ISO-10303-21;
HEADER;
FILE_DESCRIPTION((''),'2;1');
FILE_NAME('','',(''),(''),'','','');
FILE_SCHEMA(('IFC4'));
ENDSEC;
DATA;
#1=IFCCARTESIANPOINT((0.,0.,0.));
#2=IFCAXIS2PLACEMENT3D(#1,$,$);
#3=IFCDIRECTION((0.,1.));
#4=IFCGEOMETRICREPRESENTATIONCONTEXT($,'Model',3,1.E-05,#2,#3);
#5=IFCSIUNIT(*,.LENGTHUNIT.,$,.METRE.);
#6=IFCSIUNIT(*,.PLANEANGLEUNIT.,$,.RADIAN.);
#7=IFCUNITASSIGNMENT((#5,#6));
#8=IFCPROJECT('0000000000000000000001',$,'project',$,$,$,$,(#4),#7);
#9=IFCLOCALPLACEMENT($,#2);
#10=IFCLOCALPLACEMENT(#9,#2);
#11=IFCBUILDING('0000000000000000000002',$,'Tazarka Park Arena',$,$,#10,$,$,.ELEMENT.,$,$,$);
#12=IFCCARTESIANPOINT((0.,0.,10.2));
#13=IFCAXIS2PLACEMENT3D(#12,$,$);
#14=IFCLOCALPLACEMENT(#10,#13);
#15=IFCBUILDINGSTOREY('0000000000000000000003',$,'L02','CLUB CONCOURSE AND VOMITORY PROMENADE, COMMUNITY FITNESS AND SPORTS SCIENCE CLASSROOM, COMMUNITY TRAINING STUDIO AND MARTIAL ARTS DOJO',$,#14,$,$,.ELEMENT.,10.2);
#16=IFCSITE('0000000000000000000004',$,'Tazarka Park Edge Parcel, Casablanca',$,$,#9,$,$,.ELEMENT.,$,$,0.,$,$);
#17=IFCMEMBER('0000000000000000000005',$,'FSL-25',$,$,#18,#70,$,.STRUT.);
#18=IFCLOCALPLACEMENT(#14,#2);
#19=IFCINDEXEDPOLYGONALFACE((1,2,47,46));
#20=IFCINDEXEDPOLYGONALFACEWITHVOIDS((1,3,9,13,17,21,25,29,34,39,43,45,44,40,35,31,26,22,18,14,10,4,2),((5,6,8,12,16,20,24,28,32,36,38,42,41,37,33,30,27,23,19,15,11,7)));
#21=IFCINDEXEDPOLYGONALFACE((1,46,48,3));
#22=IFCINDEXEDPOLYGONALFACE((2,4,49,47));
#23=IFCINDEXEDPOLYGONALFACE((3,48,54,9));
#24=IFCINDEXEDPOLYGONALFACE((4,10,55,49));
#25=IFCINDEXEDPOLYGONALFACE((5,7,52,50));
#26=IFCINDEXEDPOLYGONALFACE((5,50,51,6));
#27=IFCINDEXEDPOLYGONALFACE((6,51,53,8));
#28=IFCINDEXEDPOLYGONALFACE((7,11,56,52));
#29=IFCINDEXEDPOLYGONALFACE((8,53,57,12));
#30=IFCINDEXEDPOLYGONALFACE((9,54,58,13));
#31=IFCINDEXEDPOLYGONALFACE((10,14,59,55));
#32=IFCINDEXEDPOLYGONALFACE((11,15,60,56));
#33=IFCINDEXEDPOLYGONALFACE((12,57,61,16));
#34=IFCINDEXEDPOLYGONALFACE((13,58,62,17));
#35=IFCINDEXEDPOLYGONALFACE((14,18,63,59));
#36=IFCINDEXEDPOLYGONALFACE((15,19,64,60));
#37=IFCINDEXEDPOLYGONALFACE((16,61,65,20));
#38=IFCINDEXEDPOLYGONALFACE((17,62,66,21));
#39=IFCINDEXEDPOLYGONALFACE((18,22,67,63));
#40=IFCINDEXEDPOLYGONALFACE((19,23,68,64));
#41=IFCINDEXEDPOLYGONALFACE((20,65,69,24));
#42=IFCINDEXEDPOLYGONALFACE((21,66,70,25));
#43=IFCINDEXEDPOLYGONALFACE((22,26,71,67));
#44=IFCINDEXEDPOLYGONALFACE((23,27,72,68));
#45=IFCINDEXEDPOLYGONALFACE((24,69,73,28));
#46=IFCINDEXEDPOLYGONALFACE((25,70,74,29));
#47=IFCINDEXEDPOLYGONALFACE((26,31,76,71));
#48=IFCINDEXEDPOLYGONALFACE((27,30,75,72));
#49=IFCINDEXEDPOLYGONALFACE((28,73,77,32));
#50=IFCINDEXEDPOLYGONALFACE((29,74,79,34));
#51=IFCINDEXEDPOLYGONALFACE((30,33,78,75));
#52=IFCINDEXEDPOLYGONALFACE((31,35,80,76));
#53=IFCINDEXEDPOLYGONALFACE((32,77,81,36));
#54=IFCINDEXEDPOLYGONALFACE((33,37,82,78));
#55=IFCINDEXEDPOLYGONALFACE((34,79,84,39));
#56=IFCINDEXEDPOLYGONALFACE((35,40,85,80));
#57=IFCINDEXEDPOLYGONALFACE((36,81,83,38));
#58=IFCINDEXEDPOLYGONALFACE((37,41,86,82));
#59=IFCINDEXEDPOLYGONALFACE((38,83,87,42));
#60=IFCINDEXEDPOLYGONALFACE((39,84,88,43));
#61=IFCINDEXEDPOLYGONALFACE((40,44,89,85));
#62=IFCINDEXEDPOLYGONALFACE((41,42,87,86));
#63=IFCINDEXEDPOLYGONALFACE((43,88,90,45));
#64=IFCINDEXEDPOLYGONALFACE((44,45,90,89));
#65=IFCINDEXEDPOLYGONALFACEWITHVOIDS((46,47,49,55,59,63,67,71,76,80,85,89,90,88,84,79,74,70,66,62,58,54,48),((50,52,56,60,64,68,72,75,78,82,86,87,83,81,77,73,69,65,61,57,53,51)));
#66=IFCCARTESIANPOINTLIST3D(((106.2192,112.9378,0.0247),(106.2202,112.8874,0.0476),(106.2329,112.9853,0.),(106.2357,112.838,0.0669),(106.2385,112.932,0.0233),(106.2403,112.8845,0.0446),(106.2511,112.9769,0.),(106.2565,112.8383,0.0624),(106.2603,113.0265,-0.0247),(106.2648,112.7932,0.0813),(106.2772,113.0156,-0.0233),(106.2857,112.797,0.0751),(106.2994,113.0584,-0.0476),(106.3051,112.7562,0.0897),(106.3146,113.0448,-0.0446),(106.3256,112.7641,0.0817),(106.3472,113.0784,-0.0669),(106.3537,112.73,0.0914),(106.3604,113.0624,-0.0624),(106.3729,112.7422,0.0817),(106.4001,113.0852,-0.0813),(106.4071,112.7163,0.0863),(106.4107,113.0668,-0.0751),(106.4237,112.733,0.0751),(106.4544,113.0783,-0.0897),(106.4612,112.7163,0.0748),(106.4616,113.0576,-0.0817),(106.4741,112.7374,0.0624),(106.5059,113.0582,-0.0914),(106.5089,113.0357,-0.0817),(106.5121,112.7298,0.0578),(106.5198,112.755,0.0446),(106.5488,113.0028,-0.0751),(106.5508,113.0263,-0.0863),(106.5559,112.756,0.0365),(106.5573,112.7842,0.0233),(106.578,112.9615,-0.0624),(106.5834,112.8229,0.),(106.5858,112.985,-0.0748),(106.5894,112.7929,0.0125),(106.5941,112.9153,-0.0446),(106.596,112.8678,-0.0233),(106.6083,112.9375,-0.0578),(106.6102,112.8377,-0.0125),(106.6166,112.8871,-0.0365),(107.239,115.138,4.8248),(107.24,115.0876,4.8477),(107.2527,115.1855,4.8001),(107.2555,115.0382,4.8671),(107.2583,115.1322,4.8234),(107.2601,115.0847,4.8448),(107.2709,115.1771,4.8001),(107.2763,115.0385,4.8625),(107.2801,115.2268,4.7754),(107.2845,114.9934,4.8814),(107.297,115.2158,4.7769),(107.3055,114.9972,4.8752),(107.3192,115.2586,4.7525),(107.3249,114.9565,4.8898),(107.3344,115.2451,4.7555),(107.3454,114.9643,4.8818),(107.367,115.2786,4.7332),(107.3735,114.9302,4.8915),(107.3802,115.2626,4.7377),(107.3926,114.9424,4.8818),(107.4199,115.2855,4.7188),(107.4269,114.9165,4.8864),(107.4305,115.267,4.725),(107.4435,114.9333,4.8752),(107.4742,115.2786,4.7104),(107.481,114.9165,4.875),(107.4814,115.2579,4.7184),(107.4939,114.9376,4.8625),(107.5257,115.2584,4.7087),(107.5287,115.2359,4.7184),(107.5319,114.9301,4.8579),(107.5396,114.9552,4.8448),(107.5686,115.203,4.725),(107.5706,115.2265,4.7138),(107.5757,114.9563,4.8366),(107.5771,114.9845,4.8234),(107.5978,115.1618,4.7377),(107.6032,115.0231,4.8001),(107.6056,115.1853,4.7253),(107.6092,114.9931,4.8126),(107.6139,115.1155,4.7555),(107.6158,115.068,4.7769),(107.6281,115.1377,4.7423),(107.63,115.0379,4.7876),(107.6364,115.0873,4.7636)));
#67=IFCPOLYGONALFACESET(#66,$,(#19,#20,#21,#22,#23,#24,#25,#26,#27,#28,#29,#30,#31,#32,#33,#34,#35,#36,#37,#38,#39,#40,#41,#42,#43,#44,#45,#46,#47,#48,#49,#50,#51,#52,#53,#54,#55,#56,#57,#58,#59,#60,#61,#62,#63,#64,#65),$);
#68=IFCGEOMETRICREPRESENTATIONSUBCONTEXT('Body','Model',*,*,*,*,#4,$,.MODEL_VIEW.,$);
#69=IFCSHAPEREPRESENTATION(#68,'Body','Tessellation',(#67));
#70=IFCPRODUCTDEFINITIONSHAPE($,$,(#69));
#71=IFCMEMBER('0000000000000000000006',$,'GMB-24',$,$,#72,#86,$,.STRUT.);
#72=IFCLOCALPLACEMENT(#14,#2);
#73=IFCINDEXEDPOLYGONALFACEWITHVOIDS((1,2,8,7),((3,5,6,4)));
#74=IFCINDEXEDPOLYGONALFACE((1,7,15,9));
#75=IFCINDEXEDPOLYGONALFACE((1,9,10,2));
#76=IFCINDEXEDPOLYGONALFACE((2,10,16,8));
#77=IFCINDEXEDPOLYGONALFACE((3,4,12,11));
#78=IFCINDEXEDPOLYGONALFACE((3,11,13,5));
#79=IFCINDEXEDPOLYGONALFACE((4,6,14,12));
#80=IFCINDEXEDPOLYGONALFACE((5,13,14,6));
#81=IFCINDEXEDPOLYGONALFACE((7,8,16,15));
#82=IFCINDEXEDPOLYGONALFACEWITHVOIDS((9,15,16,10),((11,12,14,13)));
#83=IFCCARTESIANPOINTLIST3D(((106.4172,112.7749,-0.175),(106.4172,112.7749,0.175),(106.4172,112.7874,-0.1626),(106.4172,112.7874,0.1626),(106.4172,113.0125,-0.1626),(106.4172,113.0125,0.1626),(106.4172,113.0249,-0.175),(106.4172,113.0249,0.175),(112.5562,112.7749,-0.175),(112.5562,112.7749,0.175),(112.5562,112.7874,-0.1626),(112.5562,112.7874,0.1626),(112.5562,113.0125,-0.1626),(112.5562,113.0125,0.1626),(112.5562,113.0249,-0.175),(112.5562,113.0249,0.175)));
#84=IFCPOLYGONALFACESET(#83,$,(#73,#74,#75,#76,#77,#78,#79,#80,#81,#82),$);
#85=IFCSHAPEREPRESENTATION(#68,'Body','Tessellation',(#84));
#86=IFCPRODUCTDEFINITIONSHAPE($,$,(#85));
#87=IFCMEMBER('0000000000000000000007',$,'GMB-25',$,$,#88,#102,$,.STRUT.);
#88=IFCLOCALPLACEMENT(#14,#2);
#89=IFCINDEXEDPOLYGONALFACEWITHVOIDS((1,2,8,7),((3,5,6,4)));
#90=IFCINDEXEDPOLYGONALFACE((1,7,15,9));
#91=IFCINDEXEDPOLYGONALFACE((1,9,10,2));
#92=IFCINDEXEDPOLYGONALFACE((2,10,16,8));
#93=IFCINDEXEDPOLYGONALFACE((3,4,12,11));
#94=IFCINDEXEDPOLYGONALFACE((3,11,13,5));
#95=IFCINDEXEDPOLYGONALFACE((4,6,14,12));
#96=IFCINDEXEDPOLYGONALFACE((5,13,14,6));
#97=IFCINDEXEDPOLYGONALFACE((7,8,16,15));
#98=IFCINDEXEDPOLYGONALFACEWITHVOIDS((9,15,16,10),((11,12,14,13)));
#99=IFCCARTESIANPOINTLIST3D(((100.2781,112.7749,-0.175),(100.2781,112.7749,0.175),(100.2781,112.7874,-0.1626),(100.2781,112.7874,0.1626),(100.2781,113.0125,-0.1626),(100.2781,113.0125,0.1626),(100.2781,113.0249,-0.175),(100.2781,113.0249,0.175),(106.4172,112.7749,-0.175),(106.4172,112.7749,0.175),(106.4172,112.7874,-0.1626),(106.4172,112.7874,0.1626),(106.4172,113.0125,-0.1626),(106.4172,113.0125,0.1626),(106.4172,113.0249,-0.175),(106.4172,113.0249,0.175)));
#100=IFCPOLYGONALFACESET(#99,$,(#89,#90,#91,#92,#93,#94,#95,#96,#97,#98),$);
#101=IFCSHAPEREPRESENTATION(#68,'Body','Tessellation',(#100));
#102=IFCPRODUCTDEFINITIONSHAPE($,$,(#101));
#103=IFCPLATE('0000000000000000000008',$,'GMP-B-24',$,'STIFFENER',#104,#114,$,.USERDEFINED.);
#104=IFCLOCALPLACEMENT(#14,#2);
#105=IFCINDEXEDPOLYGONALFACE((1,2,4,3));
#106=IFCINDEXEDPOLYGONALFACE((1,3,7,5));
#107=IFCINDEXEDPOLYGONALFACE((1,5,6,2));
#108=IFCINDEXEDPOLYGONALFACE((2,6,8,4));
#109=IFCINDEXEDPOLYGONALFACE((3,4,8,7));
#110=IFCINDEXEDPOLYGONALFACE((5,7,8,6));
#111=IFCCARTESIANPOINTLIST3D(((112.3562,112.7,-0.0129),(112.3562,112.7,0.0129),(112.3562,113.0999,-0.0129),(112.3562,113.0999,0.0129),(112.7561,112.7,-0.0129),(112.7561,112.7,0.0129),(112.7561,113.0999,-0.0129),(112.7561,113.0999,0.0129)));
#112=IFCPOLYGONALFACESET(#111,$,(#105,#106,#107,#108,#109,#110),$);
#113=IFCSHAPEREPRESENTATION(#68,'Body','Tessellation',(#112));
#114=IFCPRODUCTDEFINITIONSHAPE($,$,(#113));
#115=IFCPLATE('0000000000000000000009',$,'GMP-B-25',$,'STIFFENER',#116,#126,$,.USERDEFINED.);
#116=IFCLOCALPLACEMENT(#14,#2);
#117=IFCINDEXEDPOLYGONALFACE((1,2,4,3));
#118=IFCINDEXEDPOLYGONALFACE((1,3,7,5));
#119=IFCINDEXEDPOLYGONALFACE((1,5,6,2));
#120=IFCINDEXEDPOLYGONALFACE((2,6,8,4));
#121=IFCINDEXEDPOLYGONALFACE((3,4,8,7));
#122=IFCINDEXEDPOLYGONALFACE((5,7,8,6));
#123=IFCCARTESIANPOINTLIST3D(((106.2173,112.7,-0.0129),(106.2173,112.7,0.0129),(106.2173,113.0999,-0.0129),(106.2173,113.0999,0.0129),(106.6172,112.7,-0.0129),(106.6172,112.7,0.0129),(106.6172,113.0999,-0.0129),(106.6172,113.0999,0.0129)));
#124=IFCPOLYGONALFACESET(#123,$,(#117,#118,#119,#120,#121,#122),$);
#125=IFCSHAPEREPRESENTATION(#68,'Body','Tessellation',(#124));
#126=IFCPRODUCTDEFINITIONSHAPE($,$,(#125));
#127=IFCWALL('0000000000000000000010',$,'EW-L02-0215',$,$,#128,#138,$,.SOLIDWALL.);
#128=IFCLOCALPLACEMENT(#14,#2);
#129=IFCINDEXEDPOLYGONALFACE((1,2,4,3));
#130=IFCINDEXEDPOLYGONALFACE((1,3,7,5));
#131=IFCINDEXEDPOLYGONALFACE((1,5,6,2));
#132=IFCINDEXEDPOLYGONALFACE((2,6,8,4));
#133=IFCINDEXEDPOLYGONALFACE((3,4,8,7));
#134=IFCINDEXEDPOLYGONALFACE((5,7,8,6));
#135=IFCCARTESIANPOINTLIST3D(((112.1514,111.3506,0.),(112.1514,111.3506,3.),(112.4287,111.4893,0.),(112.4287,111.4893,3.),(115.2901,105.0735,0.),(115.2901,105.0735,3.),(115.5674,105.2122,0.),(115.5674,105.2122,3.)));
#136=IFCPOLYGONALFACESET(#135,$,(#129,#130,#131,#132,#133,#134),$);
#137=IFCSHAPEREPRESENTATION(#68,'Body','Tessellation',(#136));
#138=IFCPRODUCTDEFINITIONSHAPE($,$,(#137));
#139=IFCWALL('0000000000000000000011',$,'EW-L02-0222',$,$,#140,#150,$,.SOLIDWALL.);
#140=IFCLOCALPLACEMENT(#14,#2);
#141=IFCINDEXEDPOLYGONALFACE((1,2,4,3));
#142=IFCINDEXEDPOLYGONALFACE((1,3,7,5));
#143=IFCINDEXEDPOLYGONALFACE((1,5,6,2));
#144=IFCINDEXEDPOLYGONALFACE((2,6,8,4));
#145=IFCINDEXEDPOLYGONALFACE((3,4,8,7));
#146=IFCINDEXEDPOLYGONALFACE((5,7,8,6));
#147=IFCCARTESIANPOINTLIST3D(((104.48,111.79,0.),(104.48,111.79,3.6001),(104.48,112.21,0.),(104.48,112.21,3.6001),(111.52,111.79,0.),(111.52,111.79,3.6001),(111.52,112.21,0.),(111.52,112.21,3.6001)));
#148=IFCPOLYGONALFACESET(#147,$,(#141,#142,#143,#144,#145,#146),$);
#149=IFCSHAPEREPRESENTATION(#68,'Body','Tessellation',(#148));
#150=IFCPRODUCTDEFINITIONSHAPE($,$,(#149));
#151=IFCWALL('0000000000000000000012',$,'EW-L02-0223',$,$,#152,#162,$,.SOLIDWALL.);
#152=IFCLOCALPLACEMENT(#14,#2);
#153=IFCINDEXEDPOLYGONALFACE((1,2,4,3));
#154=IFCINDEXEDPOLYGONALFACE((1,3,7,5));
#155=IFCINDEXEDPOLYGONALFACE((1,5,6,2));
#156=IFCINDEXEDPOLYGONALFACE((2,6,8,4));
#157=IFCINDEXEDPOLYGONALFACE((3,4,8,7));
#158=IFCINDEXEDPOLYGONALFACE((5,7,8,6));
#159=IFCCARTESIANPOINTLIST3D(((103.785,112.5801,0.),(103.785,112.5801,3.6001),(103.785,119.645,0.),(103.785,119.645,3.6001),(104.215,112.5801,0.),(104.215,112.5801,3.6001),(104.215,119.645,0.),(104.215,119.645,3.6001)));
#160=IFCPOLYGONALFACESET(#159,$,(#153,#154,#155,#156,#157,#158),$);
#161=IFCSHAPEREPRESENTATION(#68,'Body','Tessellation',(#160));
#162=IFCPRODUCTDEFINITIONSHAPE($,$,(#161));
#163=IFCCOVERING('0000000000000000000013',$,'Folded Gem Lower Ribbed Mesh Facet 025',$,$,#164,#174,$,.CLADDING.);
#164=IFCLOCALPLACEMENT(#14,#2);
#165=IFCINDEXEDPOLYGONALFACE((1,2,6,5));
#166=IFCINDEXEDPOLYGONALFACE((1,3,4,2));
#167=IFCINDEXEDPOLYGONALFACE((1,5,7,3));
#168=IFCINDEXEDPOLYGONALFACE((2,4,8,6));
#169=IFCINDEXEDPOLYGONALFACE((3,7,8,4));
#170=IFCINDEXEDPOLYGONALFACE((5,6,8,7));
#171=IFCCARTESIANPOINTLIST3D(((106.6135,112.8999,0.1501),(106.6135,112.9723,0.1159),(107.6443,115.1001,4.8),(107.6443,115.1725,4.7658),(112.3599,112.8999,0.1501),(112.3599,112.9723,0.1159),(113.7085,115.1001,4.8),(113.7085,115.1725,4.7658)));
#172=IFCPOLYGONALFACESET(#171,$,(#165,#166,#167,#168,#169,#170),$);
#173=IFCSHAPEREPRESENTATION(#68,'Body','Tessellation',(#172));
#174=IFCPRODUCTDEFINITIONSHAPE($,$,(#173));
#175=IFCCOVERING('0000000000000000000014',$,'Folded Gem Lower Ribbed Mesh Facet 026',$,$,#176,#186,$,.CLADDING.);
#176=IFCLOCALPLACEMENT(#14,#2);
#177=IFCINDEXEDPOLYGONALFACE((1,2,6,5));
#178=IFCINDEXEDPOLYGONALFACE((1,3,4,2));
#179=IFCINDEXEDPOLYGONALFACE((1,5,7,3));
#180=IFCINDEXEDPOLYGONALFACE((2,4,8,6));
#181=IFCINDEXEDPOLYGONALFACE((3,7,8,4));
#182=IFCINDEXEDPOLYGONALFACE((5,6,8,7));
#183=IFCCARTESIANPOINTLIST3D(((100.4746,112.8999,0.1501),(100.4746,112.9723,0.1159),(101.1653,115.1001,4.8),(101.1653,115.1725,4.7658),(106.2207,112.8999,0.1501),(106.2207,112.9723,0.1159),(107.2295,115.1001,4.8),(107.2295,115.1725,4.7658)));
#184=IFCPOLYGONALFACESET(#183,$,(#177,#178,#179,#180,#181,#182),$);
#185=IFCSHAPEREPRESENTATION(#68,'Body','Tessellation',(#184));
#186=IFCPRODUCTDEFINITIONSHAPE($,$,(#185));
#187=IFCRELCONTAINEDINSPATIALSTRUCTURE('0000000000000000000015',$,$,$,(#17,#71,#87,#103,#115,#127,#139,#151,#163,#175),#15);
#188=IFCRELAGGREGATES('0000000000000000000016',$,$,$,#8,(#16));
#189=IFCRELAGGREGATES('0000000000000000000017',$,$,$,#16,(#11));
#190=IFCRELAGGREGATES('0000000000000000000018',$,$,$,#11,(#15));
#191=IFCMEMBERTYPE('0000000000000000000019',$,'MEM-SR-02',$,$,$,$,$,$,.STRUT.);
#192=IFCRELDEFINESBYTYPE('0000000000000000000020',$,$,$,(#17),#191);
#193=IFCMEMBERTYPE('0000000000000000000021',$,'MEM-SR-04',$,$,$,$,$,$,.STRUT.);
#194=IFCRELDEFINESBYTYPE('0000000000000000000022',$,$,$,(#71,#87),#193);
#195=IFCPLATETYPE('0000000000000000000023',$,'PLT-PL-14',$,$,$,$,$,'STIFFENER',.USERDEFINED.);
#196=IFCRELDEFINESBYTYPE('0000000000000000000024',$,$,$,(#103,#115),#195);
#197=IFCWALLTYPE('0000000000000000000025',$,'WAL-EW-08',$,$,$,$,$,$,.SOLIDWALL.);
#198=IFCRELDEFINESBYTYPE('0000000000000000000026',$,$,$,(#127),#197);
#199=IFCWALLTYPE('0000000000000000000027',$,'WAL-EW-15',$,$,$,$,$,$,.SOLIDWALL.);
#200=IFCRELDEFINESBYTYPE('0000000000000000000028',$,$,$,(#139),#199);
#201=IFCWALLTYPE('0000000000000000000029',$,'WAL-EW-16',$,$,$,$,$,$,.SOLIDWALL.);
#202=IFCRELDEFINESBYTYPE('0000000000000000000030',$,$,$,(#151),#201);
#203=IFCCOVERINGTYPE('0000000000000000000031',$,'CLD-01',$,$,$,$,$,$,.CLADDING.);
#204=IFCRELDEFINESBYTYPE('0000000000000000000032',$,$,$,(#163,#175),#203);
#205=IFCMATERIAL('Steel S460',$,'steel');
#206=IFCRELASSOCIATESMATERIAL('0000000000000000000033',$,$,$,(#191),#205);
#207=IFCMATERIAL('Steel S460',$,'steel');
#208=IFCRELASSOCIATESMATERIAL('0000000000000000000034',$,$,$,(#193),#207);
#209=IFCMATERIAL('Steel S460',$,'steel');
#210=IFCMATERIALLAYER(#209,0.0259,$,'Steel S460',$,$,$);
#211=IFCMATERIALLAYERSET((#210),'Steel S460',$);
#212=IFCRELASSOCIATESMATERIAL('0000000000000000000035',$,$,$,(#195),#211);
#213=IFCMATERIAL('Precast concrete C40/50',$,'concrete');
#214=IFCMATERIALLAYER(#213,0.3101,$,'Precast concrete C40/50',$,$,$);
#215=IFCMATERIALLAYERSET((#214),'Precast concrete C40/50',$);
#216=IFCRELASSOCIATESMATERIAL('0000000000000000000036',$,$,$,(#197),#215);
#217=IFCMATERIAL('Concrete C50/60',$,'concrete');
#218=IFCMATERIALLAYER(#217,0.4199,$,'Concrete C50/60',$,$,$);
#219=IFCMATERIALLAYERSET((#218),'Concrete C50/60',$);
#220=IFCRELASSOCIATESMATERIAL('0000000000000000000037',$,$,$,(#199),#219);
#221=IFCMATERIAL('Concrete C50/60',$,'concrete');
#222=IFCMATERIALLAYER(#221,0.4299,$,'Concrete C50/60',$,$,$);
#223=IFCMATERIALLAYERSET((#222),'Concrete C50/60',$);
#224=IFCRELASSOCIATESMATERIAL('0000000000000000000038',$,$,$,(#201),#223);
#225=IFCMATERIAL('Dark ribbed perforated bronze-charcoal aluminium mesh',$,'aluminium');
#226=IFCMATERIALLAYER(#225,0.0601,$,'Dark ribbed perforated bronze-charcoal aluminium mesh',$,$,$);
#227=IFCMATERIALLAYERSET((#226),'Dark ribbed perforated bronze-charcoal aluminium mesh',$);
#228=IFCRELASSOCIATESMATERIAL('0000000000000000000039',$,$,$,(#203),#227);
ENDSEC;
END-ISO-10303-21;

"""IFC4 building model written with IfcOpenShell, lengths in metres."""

from ifc_helpers import new_model, si_unit, direction, frame, frame_2d, origin, origin_2d, place, context, subcontext, project, spatial, polyline, rectangle, hollow_rectangle, hollow_circle, outline, extrude, material, layer, layer_set, material_profile, profile_set, type_object, element, save


model = new_model("IFC4")

# Units and contexts
model_context = context("Model", 3, precision=1e-05, world=origin(), true_north=direction((0.0, 1.0)))
body_context = subcontext(model_context, "Body", "Model", "MODEL_VIEW")
ifc_project = project(units=[si_unit("LENGTHUNIT", "METRE"), si_unit("PLANEANGLEUNIT", "RADIAN")], contexts=[model_context])

# Site, building, storey
site_placement = place(None, origin())
site = spatial("IfcSite", under=ifc_project, at=site_placement, Name="Tazarka Park Edge Parcel, Casablanca", CompositionType="ELEMENT", RefElevation=0.0)
building_placement = place(site_placement, origin())
building = spatial("IfcBuilding", under=site, at=building_placement, Name="Tazarka Park Arena", CompositionType="ELEMENT")
storey_placement = place(building_placement, frame((0.0, 0.0, 10.2)))
storey = spatial("IfcBuildingStorey", under=building, at=storey_placement, Name="L02", Description="CLUB CONCOURSE AND VOMITORY PROMENADE, COMMUNITY FITNESS AND SPORTS SCIENCE CLASSROOM, COMMUNITY TRAINING STUDIO AND MARTIAL ARTS DOJO", CompositionType="ELEMENT", Elevation=10.2)

# Members
ifc_material_1 = material(Name="Steel S460", Category="steel")
ifc_material_profile_1 = material_profile(ifc_material_1, hollow_circle(Radius=0.2031, WallThickness=0.02, at=origin_2d()), Name="Steel S460")
ifc_profile_set_1 = profile_set([ifc_material_profile_1], Name="Steel S460")
member_type_1 = type_object("IfcMemberType", Name="MEM-SR-02", PredefinedType="STRUT", material=ifc_profile_set_1)
member_1_placement = place(storey_placement, frame((106.4172, 112.8999, 0.0), z_axis=(0.189625, 0.409122, 0.892559), x_axis=(-0.907283, 0.42052, 0.0)))
element("IfcMember", 1, at=member_1_placement, inside=storey, type_object=member_type_1, Name="FSL-25", PredefinedType="STRUT", context=body_context, shape_type="SweptSolid", body=[
    extrude(hollow_circle(Radius=0.2031, WallThickness=0.02, at=origin_2d()), origin(), (0.0, 0.0, 1.0), 5.3779),
])
ifc_material_2 = material(Name="Steel S460", Category="steel")
ifc_material_profile_2 = material_profile(ifc_material_2, hollow_rectangle(XDim=0.25, YDim=0.3501, WallThickness=0.0125, at=origin_2d()), Name="Steel S460")
ifc_profile_set_2 = profile_set([ifc_material_profile_2], Name="Steel S460")
member_type_2 = type_object("IfcMemberType", Name="MEM-SR-04", PredefinedType="STRUT", material=ifc_profile_set_2)
member_2_placement = place(storey_placement, frame((112.5562, 112.8999, 0.0), z_axis=(-1.0, 0.0, 0.0), x_axis=(0.0, -1.0, 0.0)))
element("IfcMember", 2, at=member_2_placement, inside=storey, type_object=member_type_2, Name="GMB-24", PredefinedType="STRUT", context=body_context, shape_type="SweptSolid", body=[
    extrude(hollow_rectangle(XDim=0.25, YDim=0.3501, WallThickness=0.0125, at=origin_2d()), origin(), (0.0, 0.0, 1.0), 6.1389),
])
member_3_placement = place(storey_placement, frame((106.4172, 112.8999, 0.0), z_axis=(-1.0, 0.0, 0.0), x_axis=(0.0, -1.0, 0.0)))
element("IfcMember", 3, at=member_3_placement, inside=storey, type_object=member_type_2, Name="GMB-25", PredefinedType="STRUT", context=body_context, shape_type="SweptSolid", body=[
    extrude(hollow_rectangle(XDim=0.25, YDim=0.3501, WallThickness=0.0125, at=origin_2d()), origin(), (0.0, 0.0, 1.0), 6.1392),
])

# Plates
ifc_material_3 = material(Name="Steel S460", Category="steel")
ifc_layer_1 = layer(ifc_material_3, 0.0259, Name="Steel S460")
ifc_layer_set_1 = layer_set([ifc_layer_1], Name="Steel S460")
plate_type = type_object("IfcPlateType", Name="PLT-PL-14", ElementType="STIFFENER", PredefinedType="USERDEFINED", material=ifc_layer_set_1)
for number, where, z_axis, x_axis, name in (
    (4, (112.5562, 112.8999, -0.0129), (0.0, 0.0, 1.0), (1.0, 0.0, 0.0), "GMP-B-24"),
    (5, (106.4172, 112.8999, -0.0129), (0.0, 0.0, 1.0), (1.0, 0.0, 0.0), "GMP-B-25"),
):
    element("IfcPlate", number, at=place(storey_placement, frame(where, z_axis=z_axis, x_axis=x_axis)), inside=storey, type_object=plate_type, Name=name, ObjectType="STIFFENER", PredefinedType="USERDEFINED", context=body_context, shape_type="SweptSolid", body=[
        extrude(rectangle(XDim=0.3999, YDim=0.3999, at=origin_2d()), origin(), (0.0, 0.0, 1.0), 0.0259),
    ])

# Walls
ifc_material_4 = material(Name="Precast concrete C40/50", Category="concrete")
ifc_layer_2 = layer(ifc_material_4, 0.3101, Name="Precast concrete C40/50")
ifc_layer_set_2 = layer_set([ifc_layer_2], Name="Precast concrete C40/50")
wall_type_1 = type_object("IfcWallType", Name="WAL-EW-08", PredefinedType="SOLIDWALL", material=ifc_layer_set_2)
wall_1_placement = place(storey_placement, frame((112.29, 111.4199, 0.0), z_axis=(0.0, 0.0, 1.0), x_axis=(0.447228, -0.89442, 0.0)))
element("IfcWall", 6, at=wall_1_placement, inside=storey, type_object=wall_type_1, Name="EW-L02-0215", PredefinedType="SOLIDWALL", context=body_context, shape_type="SweptSolid", body=[
    extrude(rectangle(XDim=7.0181, YDim=0.3101, at=frame_2d((3.509, 0.0))), origin(), (0.0, 0.0, 1.0), 3.0),
])
ifc_material_5 = material(Name="Concrete C50/60", Category="concrete")
ifc_layer_3 = layer(ifc_material_5, 0.4199, Name="Concrete C50/60")
ifc_layer_set_3 = layer_set([ifc_layer_3], Name="Concrete C50/60")
wall_type_2 = type_object("IfcWallType", Name="WAL-EW-15", PredefinedType="SOLIDWALL", material=ifc_layer_set_3)
wall_2_placement = place(storey_placement, frame((104.48, 112.0, 0.0), z_axis=(0.0, 0.0, 1.0), x_axis=(1.0, 0.0, 0.0)))
element("IfcWall", 7, at=wall_2_placement, inside=storey, type_object=wall_type_2, Name="EW-L02-0222", PredefinedType="SOLIDWALL", context=body_context, shape_type="SweptSolid", body=[
    extrude(rectangle(XDim=7.04, YDim=0.4199, at=frame_2d((3.52, 0.0))), origin(), (0.0, 0.0, 1.0), 3.6001),
])
ifc_material_6 = material(Name="Concrete C50/60", Category="concrete")
ifc_layer_4 = layer(ifc_material_6, 0.4299, Name="Concrete C50/60")
ifc_layer_set_4 = layer_set([ifc_layer_4], Name="Concrete C50/60")
wall_type_3 = type_object("IfcWallType", Name="WAL-EW-16", PredefinedType="SOLIDWALL", material=ifc_layer_set_4)
wall_3_placement = place(storey_placement, frame((104.0, 119.645, 0.0), z_axis=(0.0, 0.0, 1.0), x_axis=(0.0, -1.0, 0.0)))
element("IfcWall", 8, at=wall_3_placement, inside=storey, type_object=wall_type_3, Name="EW-L02-0223", PredefinedType="SOLIDWALL", context=body_context, shape_type="SweptSolid", body=[
    extrude(rectangle(XDim=7.0649, YDim=0.4299, at=frame_2d((3.5325, 0.0))), origin(), (0.0, 0.0, 1.0), 3.6001),
])

# Coverings
ifc_material_7 = material(Name="Dark ribbed perforated bronze-charcoal aluminium mesh", Category="aluminium")
ifc_layer_5 = layer(ifc_material_7, 0.0601, Name="Dark ribbed perforated bronze-charcoal aluminium mesh")
ifc_layer_set_5 = layer_set([ifc_layer_5], Name="Dark ribbed perforated bronze-charcoal aluminium mesh")
covering_type = type_object("IfcCoveringType", Name="CLD-01", PredefinedType="CLADDING", material=ifc_layer_set_5)
covering_1_placement = place(storey_placement, frame((112.3599, 112.8999, 0.1501), z_axis=(0.0, -0.903918, 0.427707), x_axis=(-1.0, 0.0, 0.0)))
element("IfcCovering", 9, at=covering_1_placement, inside=storey, type_object=covering_type, Name="Folded Gem Lower Ribbed Mesh Facet 025", PredefinedType="CLADDING", context=body_context, shape_type="SweptSolid", body=[
    extrude(outline(polyline([(0.0, 0.0), (5.7463, 0.0), (4.7156, -5.1442), (-1.3486, -5.1442), (0.0, 0.0)])), origin(), (0.0, 0.0, -1.0), 0.0801),
])
covering_2_placement = place(storey_placement, frame((106.2207, 112.8999, 0.1501), z_axis=(0.0, -0.903918, 0.427707), x_axis=(-1.0, 0.0, 0.0)))
element("IfcCovering", 10, at=covering_2_placement, inside=storey, type_object=covering_type, Name="Folded Gem Lower Ribbed Mesh Facet 026", PredefinedType="CLADDING", context=body_context, shape_type="SweptSolid", body=[
    extrude(outline(polyline([(0.0, 0.0), (5.7461, 0.0), (5.0554, -5.1442), (-1.0088, -5.1442), (0.0, 0.0)])), origin(), (0.0, 0.0, -1.0), 0.0801),
])

save(model, "model.ifc")
